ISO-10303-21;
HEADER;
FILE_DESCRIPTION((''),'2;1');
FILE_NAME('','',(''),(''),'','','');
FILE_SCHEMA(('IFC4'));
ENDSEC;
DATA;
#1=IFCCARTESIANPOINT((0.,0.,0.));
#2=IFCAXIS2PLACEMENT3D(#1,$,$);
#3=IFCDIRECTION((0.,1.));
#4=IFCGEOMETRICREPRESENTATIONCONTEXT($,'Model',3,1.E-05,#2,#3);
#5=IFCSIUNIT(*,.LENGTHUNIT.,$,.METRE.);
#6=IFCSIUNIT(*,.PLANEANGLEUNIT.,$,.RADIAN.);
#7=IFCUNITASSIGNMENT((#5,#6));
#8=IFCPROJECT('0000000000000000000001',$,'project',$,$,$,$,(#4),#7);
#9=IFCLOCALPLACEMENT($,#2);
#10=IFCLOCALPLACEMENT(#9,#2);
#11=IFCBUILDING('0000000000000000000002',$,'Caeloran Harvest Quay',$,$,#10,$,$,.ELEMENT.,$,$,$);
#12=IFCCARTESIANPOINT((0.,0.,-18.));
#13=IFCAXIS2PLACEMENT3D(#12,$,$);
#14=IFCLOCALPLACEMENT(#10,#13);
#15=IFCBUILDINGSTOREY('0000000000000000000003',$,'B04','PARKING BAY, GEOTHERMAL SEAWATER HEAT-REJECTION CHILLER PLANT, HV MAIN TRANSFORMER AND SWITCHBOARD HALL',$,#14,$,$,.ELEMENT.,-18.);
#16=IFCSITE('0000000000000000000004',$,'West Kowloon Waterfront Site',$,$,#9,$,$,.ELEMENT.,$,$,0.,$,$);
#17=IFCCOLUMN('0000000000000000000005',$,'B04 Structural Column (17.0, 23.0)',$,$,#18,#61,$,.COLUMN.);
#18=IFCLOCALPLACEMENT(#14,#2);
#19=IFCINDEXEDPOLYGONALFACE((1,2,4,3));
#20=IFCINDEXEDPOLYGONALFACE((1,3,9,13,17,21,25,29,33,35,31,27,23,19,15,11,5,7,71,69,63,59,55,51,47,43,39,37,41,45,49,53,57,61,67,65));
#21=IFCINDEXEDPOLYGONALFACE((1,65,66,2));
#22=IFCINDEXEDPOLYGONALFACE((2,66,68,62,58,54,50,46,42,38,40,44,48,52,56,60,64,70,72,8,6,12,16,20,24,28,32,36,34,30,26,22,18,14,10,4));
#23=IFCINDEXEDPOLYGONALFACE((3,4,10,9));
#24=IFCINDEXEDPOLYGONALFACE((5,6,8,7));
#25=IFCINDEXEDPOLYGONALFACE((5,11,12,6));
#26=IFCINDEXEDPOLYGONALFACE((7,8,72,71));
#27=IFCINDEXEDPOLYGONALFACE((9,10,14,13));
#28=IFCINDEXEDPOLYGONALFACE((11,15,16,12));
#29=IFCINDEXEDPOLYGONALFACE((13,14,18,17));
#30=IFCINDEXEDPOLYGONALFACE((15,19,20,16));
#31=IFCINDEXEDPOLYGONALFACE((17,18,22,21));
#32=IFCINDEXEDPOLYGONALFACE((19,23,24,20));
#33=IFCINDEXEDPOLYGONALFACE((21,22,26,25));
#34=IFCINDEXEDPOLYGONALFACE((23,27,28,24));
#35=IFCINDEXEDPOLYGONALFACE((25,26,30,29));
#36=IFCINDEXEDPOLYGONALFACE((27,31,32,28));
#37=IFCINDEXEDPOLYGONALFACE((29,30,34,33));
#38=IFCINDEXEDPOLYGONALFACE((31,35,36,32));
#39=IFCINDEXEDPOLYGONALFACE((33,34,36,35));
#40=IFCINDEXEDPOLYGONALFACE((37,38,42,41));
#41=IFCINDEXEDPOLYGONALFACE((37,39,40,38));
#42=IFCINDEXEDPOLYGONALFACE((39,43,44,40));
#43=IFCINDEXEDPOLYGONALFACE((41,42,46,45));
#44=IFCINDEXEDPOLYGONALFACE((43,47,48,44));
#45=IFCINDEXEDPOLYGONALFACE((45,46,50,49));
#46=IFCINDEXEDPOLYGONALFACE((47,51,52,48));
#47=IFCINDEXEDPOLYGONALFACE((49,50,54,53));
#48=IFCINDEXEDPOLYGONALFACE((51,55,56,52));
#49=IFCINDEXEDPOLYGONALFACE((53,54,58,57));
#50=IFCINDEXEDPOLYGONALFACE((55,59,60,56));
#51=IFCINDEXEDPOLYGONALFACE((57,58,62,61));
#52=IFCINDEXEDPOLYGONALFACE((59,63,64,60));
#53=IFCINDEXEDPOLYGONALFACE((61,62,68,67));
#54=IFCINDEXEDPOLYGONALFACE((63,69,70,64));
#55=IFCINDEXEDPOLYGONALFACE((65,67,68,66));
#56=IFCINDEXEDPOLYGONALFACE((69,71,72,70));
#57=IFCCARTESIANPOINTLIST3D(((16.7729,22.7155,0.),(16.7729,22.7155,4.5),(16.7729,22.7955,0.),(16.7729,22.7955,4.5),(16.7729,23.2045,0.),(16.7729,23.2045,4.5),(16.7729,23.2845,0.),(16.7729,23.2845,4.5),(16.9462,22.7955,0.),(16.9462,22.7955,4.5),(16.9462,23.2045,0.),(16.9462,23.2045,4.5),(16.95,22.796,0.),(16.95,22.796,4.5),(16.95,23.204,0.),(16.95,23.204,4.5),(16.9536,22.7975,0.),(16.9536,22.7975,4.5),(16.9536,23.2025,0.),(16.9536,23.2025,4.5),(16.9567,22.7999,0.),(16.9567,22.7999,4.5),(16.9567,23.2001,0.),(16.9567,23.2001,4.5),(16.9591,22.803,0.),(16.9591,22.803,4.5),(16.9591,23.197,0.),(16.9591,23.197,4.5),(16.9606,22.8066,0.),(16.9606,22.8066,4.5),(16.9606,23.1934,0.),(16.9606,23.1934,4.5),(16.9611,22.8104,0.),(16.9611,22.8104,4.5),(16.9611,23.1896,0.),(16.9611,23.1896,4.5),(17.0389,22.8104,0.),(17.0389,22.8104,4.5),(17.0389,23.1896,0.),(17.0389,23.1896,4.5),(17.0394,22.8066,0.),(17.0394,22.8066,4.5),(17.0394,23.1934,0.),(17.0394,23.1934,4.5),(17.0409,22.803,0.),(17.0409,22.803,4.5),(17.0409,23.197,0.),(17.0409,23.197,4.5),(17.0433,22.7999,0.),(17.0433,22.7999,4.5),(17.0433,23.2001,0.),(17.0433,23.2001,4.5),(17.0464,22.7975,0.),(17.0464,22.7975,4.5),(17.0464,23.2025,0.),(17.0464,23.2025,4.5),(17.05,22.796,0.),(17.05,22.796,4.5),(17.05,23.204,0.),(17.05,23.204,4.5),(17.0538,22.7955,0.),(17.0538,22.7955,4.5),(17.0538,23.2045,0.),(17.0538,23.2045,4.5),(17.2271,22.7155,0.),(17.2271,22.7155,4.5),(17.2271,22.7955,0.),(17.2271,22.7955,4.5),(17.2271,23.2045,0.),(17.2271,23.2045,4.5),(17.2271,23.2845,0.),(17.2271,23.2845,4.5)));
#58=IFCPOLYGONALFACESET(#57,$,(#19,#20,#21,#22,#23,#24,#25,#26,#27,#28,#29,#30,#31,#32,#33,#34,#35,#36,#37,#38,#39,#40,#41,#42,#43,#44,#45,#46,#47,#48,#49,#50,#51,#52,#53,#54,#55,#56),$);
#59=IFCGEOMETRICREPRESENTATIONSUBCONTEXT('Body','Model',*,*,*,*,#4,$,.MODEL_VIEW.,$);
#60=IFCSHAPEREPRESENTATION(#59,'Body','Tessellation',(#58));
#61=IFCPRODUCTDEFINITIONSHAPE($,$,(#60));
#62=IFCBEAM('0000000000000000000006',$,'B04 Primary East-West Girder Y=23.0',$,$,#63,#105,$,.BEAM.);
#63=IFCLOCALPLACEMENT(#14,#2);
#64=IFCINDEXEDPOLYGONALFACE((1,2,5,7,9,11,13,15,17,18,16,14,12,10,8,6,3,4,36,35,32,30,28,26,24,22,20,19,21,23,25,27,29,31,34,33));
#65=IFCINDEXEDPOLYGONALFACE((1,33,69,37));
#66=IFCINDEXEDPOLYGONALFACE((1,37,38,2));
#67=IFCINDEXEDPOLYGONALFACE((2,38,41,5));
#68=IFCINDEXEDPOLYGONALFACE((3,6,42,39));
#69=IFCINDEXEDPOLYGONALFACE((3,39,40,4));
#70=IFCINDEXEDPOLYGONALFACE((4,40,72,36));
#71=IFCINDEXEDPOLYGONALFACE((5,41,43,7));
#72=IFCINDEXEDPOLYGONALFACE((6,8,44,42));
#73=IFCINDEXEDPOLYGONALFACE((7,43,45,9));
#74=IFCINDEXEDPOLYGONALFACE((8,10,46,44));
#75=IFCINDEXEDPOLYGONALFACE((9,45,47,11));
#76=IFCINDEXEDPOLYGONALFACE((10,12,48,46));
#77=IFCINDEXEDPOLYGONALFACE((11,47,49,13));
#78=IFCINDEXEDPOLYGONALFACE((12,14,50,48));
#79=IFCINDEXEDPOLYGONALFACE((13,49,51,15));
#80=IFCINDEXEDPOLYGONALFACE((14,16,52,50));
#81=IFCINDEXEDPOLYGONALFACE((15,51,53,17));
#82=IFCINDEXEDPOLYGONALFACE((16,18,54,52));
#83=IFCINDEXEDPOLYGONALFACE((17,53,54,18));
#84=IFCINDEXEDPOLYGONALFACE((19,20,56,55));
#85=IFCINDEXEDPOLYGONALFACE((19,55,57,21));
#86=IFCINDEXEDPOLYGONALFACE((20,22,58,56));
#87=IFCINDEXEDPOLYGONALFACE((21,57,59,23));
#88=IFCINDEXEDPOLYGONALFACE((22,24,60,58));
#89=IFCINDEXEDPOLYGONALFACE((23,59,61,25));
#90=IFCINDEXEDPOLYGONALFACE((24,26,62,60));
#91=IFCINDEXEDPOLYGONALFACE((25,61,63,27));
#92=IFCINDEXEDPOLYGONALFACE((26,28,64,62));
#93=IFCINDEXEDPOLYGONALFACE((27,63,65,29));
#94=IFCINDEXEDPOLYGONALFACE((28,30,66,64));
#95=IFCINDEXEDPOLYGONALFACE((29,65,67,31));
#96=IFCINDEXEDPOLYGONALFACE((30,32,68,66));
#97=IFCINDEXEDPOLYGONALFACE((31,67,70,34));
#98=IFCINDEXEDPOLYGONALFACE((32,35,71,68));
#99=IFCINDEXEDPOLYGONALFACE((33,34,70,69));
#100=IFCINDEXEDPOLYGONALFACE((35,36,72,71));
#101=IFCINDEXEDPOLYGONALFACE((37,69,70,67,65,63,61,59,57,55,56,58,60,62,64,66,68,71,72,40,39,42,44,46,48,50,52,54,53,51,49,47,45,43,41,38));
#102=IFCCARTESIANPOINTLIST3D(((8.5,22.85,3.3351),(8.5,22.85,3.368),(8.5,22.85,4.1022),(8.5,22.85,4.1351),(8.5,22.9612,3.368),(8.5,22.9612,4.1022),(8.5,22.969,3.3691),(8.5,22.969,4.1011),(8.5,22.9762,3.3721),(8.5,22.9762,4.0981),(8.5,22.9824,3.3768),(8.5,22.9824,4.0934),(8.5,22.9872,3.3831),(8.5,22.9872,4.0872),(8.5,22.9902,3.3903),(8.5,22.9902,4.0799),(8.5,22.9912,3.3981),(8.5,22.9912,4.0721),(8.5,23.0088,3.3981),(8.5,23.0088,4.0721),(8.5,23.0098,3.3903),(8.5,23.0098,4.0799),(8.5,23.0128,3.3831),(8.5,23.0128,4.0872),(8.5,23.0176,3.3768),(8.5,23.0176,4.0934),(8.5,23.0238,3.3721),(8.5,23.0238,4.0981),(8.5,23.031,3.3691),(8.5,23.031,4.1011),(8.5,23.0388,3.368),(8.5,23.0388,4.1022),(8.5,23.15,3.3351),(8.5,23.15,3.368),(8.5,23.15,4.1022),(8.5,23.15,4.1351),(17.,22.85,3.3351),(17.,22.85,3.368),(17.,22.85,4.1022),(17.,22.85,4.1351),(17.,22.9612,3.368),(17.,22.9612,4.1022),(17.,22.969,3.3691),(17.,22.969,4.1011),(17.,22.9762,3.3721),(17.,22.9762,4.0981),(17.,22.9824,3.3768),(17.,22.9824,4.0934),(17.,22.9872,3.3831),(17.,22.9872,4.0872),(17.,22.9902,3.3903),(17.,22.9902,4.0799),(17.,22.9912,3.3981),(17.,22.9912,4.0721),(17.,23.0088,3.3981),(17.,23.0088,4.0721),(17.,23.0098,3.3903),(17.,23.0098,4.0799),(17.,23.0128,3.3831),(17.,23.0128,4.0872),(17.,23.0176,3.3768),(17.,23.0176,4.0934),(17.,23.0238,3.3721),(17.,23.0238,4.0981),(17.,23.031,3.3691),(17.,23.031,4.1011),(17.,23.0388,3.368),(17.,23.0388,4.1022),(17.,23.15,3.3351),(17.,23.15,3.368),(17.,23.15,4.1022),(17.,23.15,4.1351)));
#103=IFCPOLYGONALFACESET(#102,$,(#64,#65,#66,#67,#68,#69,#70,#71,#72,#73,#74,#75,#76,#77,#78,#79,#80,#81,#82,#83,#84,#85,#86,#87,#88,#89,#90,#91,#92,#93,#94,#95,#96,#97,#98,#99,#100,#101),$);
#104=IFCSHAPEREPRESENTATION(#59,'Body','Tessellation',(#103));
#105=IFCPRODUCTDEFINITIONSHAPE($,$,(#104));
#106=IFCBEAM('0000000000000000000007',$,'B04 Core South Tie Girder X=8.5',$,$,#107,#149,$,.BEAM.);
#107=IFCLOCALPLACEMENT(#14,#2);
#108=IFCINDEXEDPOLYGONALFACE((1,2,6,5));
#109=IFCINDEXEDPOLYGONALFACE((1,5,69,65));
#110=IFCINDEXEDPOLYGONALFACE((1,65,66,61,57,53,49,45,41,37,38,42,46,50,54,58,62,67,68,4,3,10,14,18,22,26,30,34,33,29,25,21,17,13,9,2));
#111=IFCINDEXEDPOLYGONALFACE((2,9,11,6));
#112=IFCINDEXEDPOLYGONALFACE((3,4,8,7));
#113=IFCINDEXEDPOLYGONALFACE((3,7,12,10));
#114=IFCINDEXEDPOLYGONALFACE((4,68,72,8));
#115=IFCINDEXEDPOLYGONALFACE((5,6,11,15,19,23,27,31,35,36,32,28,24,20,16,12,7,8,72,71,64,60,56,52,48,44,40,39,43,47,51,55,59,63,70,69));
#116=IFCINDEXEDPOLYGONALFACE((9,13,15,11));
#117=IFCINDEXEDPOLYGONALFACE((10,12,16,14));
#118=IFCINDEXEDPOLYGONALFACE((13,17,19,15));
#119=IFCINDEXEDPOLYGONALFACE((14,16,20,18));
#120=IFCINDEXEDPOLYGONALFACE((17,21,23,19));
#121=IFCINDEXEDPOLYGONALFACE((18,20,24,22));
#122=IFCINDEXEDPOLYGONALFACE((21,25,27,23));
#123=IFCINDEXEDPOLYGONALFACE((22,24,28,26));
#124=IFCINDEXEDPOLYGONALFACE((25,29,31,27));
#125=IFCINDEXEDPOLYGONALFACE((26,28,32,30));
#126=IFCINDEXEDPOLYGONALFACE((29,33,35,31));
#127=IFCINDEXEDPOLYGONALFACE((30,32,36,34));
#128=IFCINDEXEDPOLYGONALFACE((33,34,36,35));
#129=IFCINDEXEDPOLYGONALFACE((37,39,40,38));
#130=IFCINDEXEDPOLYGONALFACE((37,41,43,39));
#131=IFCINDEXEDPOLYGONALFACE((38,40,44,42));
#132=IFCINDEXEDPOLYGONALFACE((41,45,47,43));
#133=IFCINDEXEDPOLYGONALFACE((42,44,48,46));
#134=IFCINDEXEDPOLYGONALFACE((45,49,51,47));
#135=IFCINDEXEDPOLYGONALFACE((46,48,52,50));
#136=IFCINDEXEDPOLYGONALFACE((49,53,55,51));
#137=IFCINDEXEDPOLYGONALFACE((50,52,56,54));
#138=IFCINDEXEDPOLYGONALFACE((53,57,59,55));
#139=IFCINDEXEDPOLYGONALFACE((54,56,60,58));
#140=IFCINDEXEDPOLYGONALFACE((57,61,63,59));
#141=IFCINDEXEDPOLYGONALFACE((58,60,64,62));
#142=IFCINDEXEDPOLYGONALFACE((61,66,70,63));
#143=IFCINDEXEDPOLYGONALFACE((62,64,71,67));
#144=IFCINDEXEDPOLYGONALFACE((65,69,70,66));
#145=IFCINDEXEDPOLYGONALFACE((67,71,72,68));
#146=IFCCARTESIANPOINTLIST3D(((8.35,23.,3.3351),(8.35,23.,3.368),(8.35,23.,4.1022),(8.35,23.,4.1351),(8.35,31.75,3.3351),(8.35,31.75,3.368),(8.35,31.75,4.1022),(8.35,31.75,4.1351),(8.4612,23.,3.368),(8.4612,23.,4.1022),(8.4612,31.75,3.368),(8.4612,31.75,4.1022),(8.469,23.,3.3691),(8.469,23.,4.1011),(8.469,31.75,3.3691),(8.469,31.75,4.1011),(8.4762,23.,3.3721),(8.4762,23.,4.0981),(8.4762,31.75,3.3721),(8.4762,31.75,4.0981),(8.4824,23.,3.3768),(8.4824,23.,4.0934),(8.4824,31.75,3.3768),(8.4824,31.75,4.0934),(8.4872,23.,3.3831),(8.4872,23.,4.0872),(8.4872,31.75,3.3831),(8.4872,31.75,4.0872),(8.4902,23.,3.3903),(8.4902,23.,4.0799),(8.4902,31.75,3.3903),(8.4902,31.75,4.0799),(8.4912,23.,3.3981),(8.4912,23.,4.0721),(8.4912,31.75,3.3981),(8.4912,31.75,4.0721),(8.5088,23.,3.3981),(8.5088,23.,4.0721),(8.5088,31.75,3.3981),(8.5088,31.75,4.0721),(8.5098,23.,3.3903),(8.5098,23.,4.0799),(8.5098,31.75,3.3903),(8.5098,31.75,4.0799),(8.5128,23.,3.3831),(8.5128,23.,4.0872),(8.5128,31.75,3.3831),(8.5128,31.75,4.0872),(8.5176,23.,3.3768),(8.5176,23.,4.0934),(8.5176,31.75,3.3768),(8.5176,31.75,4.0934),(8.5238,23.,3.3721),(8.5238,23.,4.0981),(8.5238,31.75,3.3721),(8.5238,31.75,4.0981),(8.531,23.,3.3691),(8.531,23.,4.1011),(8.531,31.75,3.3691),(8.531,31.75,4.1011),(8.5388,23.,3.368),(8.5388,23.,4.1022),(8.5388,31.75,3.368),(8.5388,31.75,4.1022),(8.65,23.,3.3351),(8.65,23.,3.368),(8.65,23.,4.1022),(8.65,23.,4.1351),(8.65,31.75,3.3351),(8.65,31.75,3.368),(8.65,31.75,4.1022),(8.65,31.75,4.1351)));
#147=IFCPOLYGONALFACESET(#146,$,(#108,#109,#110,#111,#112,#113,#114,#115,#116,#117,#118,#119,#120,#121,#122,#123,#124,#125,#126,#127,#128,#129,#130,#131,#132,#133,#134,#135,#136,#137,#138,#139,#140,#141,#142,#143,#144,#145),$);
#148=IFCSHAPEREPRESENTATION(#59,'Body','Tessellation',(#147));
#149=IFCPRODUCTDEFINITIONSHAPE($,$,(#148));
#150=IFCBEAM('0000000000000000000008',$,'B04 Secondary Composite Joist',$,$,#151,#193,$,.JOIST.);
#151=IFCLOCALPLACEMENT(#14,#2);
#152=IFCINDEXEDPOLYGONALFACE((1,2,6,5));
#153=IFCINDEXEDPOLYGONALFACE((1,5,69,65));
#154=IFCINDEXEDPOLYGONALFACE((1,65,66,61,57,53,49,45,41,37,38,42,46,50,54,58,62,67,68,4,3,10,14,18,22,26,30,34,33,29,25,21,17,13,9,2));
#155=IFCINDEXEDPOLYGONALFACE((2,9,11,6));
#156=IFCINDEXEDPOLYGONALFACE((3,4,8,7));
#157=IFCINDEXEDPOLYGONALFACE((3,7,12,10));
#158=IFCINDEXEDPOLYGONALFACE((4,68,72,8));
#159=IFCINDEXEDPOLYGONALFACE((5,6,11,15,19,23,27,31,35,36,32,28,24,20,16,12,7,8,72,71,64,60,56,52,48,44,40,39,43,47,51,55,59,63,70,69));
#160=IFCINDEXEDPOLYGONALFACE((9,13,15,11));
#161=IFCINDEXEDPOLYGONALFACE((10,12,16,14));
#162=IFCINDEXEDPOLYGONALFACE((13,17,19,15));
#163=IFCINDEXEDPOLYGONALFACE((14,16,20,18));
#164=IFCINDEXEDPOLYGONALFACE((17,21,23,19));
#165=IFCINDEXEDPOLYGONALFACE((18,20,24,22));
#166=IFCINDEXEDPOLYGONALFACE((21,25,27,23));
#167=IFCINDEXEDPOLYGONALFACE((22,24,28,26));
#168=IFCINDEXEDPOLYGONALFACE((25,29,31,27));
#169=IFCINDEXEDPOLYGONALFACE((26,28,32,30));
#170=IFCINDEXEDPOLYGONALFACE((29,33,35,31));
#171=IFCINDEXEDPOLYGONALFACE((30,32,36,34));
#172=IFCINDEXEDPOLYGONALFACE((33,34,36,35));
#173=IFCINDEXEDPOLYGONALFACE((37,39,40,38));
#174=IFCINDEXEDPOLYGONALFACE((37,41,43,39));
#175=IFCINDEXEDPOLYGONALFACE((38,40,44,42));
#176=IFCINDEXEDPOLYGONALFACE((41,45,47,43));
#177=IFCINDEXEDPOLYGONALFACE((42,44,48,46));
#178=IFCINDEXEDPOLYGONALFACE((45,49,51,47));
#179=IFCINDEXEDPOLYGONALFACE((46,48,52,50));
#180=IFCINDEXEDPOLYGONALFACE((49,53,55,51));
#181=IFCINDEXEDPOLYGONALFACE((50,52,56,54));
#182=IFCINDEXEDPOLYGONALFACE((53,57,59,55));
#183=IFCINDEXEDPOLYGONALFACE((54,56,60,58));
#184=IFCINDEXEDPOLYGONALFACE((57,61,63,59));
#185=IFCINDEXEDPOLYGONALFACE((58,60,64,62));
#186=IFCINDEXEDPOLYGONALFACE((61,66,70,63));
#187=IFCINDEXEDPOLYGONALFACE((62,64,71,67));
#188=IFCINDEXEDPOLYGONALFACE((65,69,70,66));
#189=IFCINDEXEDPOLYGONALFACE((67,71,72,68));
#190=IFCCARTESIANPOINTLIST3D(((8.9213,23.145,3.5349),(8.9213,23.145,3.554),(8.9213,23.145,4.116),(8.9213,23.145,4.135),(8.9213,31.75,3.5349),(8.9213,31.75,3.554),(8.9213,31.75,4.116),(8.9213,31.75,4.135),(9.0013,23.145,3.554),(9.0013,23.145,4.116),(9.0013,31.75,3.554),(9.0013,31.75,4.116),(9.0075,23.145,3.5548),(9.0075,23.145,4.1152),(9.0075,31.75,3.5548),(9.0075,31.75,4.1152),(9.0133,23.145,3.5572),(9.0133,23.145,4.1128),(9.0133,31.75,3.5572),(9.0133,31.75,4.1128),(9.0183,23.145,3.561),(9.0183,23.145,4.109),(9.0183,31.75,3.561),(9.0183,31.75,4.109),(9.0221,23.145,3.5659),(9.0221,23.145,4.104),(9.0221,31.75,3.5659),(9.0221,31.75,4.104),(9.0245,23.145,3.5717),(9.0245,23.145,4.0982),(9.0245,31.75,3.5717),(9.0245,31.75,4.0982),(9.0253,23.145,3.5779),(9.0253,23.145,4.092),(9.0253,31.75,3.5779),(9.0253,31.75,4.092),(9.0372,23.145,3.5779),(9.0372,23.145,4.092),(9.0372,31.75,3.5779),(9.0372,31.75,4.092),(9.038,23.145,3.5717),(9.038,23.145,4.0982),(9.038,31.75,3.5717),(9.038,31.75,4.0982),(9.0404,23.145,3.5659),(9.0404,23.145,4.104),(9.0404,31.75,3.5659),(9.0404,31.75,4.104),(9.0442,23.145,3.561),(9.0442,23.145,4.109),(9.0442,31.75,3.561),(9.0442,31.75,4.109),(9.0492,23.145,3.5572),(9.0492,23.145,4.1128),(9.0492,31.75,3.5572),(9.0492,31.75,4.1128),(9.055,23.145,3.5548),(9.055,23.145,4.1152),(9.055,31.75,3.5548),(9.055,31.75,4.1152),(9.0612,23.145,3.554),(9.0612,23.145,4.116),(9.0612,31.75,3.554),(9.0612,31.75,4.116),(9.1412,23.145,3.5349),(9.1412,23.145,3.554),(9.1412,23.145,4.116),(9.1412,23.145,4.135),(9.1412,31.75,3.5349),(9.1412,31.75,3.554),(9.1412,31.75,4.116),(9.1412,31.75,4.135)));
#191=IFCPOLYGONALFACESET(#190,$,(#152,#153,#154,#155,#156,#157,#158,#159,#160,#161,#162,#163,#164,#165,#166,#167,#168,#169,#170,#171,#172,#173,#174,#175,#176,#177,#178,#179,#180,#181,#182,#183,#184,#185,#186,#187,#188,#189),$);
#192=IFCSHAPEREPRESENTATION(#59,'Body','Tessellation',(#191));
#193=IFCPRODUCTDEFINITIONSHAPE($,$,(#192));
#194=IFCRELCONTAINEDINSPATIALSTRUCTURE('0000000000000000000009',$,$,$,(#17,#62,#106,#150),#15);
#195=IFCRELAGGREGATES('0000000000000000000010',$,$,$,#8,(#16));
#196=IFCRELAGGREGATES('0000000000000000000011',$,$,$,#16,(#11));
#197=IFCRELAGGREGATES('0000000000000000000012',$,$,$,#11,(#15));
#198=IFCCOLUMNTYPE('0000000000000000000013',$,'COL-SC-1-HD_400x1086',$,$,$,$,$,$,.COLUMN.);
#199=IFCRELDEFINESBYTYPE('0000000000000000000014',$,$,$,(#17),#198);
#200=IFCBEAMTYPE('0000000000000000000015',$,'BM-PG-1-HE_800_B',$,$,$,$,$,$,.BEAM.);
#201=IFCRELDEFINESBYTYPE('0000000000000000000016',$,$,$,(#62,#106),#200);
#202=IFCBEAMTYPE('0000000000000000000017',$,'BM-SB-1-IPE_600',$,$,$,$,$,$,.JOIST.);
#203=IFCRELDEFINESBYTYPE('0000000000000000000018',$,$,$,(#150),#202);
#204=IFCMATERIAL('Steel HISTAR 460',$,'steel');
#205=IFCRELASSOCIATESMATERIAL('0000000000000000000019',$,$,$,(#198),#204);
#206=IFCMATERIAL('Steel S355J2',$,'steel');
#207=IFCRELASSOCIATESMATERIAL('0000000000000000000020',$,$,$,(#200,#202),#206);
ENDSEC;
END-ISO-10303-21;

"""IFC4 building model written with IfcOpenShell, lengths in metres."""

from ifc_helpers import new_model, si_unit, direction, frame, origin, origin_2d, place, context, subcontext, project, spatial, i_section, extrude, material, material_profile, profile_set, type_object, element, save


model = new_model("IFC4")

# Units and contexts
model_context = context("Model", 3, precision=1e-05, world=origin(), true_north=direction((0.0, 1.0)))
body_context = subcontext(model_context, "Body", "Model", "MODEL_VIEW")
ifc_project = project(units=[si_unit("LENGTHUNIT", "METRE"), si_unit("PLANEANGLEUNIT", "RADIAN")], contexts=[model_context])

# Site, building, storey
site_placement = place(None, origin())
site = spatial("IfcSite", under=ifc_project, at=site_placement, Name="West Kowloon Waterfront Site", CompositionType="ELEMENT", RefElevation=0.0)
building_placement = place(site_placement, origin())
building = spatial("IfcBuilding", under=site, at=building_placement, Name="Caeloran Harvest Quay", CompositionType="ELEMENT")
storey_placement = place(building_placement, frame((0.0, 0.0, -18.0)))
storey = spatial("IfcBuildingStorey", under=building, at=storey_placement, Name="B04", Description="PARKING BAY, GEOTHERMAL SEAWATER HEAT-REJECTION CHILLER PLANT, HV MAIN TRANSFORMER AND SWITCHBOARD HALL", CompositionType="ELEMENT", Elevation=-18.0)

# Column
ifc_material_1 = material(Name="Steel HISTAR 460", Category="steel")
ifc_material_profile_1 = material_profile(ifc_material_1, i_section(OverallWidth=0.4541, OverallDepth=0.5691, WebThickness=0.0779, FlangeThickness=0.0801, FilletRadius=0.0149, at=origin_2d()), Name="HD 400x1086")
ifc_profile_set_1 = profile_set([ifc_material_profile_1], Name="Steel HISTAR 460")
column_type = type_object("IfcColumnType", Name="COL-SC-1-HD_400x1086", PredefinedType="COLUMN", material=ifc_profile_set_1)
column_placement = place(storey_placement, frame((17.0, 23.0, 0.0), z_axis=(0.0, 0.0, 1.0), x_axis=(1.0, 0.0, 0.0)))
element("IfcColumn", 1, at=column_placement, inside=storey, type_object=column_type, Name="B04 Structural Column (17.0, 23.0)", PredefinedType="COLUMN", context=body_context, shape_type="SweptSolid", body=[
    extrude(i_section(OverallWidth=0.4541, OverallDepth=0.5691, WebThickness=0.0779, FlangeThickness=0.0801, FilletRadius=0.0149, at=origin_2d()), origin(), (0.0, 0.0, 1.0), 4.5),
])

# Beams
ifc_material_2 = material(Name="Steel S355J2", Category="steel")
ifc_material_profile_2 = material_profile(ifc_material_2, i_section(OverallWidth=0.3, OverallDepth=0.8, WebThickness=0.0176, FlangeThickness=0.033, FilletRadius=0.03, at=origin_2d()), Name="HE 800 B")
ifc_profile_set_2 = profile_set([ifc_material_profile_2], Name="Steel S355J2")
beam_type_1 = type_object("IfcBeamType", Name="BM-PG-1-HE_800_B", PredefinedType="BEAM", material=ifc_profile_set_2)
beam_1_placement = place(storey_placement, frame((8.5, 23.0, 3.7351), z_axis=(1.0, 0.0, 0.0), x_axis=(0.0, 1.0, 0.0)))
element("IfcBeam", 2, at=beam_1_placement, inside=storey, type_object=beam_type_1, Name="B04 Primary East-West Girder Y=23.0", PredefinedType="BEAM", context=body_context, shape_type="SweptSolid", body=[
    extrude(i_section(OverallWidth=0.3, OverallDepth=0.8, WebThickness=0.0176, FlangeThickness=0.033, FilletRadius=0.03, at=origin_2d()), origin(), (0.0, 0.0, 1.0), 8.5),
])
beam_2_placement = place(storey_placement, frame((8.5, 23.0, 3.7351), z_axis=(0.0, 1.0, 0.0), x_axis=(-1.0, 0.0, 0.0)))
element("IfcBeam", 3, at=beam_2_placement, inside=storey, type_object=beam_type_1, Name="B04 Core South Tie Girder X=8.5", PredefinedType="BEAM", context=body_context, shape_type="SweptSolid", body=[
    extrude(i_section(OverallWidth=0.3, OverallDepth=0.8, WebThickness=0.0176, FlangeThickness=0.033, FilletRadius=0.03, at=origin_2d()), origin(), (0.0, 0.0, 1.0), 8.75),
])
ifc_material_profile_3 = material_profile(ifc_material_2, i_section(OverallWidth=0.22, OverallDepth=0.6001, WebThickness=0.012, FlangeThickness=0.019, FilletRadius=0.0239, at=origin_2d()), Name="IPE 600")
ifc_profile_set_3 = profile_set([ifc_material_profile_3], Name="Steel S355J2")
beam_type_2 = type_object("IfcBeamType", Name="BM-SB-1-IPE_600", PredefinedType="JOIST", material=ifc_profile_set_3)
for number, where, z_axis, x_axis, name in (
    (4, (9.0312, 23.145, 3.835), (0.0, 1.0, 0.0), (-1.0, 0.0, 0.0), "B04 Secondary Composite Joist"),
):
    element("IfcBeam", number, at=place(storey_placement, frame(where, z_axis=z_axis, x_axis=x_axis)), inside=storey, type_object=beam_type_2, Name=name, PredefinedType="JOIST", context=body_context, shape_type="SweptSolid", body=[
        extrude(i_section(OverallWidth=0.22, OverallDepth=0.6001, WebThickness=0.012, FlangeThickness=0.019, FilletRadius=0.0239, at=origin_2d()), origin(), (0.0, 0.0, 1.0), 8.605),
    ])

save(model, "model.ifc")
